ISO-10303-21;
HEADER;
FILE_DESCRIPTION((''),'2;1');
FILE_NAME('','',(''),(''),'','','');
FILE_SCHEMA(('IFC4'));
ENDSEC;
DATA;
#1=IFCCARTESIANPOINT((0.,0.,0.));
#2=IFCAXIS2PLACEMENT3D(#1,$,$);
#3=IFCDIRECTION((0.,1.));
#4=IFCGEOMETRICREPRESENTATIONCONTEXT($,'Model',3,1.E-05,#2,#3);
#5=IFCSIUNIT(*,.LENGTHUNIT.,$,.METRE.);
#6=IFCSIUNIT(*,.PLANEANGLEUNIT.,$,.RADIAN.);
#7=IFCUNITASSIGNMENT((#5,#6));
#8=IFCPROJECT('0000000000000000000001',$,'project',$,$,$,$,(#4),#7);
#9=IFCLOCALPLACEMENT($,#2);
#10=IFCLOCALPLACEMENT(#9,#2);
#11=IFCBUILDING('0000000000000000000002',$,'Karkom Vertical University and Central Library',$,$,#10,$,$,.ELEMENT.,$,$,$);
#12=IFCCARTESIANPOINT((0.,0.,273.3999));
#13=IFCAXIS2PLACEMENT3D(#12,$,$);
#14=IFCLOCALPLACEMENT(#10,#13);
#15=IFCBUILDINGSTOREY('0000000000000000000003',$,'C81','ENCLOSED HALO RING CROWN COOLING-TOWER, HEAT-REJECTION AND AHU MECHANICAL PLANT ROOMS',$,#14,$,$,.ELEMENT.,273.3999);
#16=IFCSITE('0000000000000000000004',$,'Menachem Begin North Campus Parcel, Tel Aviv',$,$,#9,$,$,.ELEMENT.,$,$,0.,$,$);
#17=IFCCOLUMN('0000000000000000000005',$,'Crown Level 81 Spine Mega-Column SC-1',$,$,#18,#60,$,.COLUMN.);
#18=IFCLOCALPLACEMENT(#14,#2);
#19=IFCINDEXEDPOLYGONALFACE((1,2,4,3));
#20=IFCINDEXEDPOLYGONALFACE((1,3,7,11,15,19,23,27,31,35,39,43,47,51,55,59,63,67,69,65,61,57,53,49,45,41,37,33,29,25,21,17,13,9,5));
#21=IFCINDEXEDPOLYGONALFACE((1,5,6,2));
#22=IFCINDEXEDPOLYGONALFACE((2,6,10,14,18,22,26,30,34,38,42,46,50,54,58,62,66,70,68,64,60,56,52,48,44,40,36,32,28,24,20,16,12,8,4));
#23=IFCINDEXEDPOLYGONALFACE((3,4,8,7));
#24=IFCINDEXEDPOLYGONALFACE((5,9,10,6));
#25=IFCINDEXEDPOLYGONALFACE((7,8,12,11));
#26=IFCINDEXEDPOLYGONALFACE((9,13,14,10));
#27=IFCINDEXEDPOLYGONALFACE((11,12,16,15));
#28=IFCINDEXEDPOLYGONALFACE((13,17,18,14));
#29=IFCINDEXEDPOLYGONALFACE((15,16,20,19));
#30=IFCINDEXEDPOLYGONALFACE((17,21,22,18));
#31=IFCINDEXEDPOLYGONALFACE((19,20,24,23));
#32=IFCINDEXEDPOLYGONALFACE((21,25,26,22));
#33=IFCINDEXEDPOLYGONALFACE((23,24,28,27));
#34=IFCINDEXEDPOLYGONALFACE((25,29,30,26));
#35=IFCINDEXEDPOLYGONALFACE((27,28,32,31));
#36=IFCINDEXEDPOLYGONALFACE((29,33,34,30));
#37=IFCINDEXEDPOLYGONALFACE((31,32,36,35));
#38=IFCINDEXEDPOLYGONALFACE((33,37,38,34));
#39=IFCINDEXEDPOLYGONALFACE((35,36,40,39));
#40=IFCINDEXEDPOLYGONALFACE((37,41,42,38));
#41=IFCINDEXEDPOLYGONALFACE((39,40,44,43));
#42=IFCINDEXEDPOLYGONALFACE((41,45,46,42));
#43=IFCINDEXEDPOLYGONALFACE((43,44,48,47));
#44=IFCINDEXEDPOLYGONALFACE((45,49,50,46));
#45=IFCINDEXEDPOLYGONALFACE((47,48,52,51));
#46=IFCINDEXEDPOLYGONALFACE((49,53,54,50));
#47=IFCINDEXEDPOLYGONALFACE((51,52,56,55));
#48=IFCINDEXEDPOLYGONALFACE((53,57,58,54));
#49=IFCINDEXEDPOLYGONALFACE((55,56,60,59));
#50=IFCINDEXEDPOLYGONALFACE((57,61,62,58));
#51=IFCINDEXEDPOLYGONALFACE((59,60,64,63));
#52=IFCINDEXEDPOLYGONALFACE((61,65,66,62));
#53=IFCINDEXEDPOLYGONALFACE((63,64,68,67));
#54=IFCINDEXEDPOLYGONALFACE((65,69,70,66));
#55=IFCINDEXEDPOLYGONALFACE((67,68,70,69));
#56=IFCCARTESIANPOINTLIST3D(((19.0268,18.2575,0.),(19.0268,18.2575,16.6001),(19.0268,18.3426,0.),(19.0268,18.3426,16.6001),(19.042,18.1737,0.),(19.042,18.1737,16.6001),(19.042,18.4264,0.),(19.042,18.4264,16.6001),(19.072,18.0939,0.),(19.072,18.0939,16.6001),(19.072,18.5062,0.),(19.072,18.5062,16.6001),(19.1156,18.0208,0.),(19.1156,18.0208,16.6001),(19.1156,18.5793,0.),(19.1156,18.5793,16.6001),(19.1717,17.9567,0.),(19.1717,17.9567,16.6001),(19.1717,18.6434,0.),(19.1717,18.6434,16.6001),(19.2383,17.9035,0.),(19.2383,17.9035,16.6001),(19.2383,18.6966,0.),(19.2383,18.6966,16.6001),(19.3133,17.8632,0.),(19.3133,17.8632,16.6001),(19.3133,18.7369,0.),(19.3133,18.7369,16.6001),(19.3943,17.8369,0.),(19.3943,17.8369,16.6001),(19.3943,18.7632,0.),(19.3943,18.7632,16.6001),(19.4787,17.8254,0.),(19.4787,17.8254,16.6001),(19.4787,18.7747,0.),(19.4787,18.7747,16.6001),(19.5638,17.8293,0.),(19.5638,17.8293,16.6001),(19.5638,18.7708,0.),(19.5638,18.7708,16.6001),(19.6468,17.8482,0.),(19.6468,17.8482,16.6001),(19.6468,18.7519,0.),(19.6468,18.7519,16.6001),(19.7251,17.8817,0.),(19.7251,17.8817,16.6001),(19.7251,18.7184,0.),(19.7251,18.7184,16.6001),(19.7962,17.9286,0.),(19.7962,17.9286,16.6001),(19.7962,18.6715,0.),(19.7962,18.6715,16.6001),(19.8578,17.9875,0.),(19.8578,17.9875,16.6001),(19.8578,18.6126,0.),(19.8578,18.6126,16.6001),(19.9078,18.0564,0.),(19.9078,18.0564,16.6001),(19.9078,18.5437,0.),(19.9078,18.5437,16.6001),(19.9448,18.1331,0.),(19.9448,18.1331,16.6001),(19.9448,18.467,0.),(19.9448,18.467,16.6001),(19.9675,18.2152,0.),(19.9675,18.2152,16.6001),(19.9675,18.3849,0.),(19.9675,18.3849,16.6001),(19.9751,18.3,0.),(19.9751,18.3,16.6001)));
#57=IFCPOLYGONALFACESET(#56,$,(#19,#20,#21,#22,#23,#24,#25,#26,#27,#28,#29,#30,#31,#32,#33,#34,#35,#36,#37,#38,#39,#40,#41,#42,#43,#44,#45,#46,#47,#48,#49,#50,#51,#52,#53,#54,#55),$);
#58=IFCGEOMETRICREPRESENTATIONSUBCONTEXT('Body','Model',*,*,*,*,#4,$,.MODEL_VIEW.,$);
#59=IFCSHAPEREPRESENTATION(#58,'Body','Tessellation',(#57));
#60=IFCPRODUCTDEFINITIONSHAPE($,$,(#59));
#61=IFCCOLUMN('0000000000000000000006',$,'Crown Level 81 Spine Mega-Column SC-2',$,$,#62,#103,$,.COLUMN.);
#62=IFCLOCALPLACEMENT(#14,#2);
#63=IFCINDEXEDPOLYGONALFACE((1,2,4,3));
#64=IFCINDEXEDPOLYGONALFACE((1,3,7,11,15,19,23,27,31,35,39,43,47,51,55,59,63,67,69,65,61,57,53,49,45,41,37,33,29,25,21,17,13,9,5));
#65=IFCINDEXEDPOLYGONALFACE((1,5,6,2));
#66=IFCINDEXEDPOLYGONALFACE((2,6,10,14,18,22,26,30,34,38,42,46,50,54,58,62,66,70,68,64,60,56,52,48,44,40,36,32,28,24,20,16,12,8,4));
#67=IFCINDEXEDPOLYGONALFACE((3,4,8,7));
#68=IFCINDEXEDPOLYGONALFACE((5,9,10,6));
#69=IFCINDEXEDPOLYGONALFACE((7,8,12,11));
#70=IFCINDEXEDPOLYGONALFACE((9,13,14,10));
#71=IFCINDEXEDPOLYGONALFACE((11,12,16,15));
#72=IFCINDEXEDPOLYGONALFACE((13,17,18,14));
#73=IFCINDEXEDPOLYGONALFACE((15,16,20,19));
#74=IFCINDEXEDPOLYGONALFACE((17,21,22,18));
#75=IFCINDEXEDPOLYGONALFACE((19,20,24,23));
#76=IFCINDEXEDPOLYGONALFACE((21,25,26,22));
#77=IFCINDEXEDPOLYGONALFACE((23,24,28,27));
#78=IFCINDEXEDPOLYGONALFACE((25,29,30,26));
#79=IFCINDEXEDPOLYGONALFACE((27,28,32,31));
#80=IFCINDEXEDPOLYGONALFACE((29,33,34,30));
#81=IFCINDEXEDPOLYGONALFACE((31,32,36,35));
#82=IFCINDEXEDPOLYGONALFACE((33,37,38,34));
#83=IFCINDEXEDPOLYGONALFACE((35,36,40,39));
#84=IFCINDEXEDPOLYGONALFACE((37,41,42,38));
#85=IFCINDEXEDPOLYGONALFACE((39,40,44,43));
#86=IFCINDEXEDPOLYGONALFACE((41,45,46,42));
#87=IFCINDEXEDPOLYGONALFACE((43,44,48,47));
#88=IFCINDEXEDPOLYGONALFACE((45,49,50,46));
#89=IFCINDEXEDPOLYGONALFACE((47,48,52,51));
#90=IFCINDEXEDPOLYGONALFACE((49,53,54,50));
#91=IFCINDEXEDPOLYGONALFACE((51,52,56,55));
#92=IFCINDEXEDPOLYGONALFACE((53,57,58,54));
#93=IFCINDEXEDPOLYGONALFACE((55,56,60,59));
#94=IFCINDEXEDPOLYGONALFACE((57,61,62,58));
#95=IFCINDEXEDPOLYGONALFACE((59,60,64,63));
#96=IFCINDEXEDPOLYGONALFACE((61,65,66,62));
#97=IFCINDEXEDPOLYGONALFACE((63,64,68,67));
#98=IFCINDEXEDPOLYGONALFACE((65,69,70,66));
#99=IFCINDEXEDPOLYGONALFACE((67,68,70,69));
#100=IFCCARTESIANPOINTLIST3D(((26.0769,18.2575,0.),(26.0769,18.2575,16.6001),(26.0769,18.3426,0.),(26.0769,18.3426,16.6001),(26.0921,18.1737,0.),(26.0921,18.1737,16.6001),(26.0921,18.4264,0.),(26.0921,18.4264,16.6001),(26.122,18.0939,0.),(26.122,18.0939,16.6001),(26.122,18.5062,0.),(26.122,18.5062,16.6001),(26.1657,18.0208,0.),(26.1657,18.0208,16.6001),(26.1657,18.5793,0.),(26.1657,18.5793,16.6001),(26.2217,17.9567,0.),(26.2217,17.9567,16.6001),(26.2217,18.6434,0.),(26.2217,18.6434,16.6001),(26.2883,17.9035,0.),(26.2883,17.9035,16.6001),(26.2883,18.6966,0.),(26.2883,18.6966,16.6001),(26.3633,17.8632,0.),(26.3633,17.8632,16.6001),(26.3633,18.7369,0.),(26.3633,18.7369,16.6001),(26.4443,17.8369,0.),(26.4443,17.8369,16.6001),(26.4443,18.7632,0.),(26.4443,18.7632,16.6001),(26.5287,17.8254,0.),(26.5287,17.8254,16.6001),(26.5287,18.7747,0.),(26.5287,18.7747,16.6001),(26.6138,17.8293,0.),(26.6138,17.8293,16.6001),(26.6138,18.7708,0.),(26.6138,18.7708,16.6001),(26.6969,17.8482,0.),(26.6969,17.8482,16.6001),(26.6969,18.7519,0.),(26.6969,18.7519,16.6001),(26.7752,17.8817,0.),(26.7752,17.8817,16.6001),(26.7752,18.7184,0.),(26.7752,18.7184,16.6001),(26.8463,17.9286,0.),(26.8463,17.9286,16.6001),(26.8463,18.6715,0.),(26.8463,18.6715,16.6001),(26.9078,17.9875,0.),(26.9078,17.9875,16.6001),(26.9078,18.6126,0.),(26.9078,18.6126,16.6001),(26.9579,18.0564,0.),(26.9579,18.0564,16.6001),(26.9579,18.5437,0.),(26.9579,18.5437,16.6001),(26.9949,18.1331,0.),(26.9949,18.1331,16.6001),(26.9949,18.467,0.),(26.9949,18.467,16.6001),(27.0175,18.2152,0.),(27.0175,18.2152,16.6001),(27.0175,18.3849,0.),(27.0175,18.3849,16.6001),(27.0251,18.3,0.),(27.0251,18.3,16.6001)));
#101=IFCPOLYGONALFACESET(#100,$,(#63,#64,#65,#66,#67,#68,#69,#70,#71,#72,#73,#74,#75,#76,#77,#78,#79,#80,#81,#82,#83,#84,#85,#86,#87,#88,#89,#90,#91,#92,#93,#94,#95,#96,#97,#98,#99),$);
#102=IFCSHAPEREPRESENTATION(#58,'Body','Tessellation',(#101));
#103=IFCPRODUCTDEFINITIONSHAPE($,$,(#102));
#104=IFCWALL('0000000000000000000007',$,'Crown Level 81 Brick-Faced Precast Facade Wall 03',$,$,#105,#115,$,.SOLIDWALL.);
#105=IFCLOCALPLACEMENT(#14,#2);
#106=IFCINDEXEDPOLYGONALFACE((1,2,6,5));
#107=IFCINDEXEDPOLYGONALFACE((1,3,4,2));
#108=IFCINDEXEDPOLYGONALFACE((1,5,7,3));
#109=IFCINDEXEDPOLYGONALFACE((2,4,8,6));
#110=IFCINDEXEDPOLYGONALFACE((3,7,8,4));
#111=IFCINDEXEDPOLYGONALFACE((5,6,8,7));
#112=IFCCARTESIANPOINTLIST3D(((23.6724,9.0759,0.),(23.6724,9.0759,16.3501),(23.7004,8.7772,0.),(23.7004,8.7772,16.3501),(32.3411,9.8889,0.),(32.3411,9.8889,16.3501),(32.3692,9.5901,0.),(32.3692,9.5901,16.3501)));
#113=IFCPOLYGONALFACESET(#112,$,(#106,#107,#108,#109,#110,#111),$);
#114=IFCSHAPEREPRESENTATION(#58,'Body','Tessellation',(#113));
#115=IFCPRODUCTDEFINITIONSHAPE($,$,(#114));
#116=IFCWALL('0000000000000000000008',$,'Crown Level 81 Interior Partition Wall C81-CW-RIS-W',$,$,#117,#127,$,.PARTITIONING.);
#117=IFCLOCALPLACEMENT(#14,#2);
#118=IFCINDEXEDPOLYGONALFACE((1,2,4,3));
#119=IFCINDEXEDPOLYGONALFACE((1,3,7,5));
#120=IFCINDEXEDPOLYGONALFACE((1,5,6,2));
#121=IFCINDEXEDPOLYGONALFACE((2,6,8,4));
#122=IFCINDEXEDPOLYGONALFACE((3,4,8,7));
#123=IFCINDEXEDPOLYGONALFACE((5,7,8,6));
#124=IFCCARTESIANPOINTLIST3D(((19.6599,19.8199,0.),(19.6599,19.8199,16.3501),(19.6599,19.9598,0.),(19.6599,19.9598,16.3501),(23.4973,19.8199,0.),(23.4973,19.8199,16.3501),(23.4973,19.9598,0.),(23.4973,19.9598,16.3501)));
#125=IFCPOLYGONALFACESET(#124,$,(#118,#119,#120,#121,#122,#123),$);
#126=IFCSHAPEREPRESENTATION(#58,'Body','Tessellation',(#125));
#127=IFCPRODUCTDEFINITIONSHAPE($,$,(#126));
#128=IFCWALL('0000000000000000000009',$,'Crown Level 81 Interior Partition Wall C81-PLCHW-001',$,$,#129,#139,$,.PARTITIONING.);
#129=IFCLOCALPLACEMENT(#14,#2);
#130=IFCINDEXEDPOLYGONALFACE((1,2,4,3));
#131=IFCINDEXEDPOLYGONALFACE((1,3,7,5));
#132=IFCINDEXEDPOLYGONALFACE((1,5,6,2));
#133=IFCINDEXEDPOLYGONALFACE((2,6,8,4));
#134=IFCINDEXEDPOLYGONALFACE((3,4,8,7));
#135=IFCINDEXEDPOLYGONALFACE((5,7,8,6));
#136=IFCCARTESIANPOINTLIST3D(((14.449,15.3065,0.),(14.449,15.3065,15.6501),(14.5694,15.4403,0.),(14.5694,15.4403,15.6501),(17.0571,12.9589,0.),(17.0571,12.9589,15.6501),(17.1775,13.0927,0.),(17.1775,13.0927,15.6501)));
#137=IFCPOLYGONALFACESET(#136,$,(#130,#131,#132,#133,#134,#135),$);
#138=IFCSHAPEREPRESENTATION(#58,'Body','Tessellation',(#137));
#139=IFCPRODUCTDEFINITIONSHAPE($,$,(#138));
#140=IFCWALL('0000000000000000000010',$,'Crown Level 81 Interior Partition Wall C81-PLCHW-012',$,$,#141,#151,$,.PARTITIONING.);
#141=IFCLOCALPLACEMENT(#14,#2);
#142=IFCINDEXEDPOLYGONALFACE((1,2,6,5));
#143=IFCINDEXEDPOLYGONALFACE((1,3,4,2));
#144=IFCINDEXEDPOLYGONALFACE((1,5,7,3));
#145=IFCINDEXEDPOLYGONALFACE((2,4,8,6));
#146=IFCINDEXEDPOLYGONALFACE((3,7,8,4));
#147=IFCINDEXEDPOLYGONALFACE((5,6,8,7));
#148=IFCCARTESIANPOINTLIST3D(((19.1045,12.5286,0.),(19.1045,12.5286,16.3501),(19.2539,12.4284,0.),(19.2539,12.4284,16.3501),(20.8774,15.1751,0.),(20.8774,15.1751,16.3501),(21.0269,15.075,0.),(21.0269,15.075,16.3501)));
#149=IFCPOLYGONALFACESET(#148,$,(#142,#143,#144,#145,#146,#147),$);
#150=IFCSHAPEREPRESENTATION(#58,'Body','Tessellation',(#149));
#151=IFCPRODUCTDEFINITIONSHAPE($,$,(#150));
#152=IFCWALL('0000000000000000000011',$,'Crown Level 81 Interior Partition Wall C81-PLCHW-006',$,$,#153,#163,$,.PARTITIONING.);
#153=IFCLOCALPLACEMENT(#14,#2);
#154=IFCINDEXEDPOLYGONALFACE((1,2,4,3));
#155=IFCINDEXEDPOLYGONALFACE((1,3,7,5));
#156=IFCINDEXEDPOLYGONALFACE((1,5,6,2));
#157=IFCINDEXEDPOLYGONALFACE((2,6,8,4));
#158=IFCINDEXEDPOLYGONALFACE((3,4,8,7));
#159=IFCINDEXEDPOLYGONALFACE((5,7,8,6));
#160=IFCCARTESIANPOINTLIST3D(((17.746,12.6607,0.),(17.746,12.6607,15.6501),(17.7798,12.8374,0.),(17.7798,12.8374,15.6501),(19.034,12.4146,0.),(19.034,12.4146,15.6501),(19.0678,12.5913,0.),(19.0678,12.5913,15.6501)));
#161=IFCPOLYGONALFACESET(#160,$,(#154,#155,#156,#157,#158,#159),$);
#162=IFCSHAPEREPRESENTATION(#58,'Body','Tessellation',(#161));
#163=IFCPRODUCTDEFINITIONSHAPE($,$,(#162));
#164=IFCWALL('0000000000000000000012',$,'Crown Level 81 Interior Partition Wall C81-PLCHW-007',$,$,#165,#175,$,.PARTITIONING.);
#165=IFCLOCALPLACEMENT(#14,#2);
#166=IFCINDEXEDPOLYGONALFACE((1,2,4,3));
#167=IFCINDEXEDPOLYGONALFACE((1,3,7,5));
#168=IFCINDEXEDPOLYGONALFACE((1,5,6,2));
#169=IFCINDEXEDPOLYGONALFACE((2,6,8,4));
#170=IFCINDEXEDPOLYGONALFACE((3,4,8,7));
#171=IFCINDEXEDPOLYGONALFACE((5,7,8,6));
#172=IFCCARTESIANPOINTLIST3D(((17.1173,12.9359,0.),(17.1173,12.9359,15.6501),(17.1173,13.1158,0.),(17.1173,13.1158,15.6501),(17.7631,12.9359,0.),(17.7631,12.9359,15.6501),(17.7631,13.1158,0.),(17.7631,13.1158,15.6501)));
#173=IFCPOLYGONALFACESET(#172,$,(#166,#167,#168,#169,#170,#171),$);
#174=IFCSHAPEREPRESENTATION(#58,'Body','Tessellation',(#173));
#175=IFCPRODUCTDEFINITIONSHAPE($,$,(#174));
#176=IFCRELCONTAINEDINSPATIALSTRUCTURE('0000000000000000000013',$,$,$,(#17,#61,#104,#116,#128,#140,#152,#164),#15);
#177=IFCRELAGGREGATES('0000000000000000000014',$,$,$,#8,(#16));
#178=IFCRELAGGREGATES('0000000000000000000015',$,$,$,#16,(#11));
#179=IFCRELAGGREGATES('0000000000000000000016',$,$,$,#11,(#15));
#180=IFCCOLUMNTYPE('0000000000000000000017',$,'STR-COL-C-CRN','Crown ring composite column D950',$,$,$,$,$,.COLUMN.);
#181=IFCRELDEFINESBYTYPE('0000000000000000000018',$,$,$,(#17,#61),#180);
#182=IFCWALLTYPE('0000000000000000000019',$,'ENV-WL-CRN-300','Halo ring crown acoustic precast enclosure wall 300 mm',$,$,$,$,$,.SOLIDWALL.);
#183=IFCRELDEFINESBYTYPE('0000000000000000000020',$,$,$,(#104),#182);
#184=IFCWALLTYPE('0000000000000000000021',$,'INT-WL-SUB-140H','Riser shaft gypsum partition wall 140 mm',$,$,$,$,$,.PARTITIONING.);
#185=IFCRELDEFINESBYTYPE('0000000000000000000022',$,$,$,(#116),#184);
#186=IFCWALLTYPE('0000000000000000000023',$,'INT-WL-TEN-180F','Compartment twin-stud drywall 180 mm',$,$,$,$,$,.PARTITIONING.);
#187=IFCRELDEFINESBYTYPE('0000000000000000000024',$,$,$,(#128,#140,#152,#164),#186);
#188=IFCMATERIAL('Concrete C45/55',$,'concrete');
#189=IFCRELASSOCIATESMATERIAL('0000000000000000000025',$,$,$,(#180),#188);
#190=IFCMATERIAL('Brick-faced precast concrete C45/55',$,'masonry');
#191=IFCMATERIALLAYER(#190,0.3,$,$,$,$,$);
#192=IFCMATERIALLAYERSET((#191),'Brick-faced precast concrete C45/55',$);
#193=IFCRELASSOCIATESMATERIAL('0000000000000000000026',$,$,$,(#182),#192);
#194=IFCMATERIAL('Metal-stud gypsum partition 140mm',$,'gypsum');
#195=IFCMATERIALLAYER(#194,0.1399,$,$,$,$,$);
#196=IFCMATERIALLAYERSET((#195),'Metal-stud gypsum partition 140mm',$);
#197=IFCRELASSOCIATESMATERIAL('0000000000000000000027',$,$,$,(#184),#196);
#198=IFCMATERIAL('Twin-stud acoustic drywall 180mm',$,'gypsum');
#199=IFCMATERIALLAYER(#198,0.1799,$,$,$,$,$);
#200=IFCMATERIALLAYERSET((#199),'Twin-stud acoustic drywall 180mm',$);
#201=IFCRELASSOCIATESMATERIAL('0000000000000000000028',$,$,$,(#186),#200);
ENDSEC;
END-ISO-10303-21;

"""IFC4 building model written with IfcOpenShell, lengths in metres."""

from ifc_helpers import new_model, si_unit, direction, frame, frame_2d, origin, origin_with_axes, origin_2d, place, context, subcontext, project, spatial, rectangle, circle, extrude, source, transform, mapped, material, layer, layer_set, material_profile, profile_set, type_object, element, save


model = new_model("IFC4")

# Units and contexts
model_context = context("Model", 3, precision=1e-05, world=origin(), true_north=direction((0.0, 1.0)))
body_context = subcontext(model_context, "Body", "Model", "MODEL_VIEW")
ifc_project = project(units=[si_unit("LENGTHUNIT", "METRE"), si_unit("PLANEANGLEUNIT", "RADIAN")], contexts=[model_context])

# Site, building, storey
site_placement = place(None, origin())
site = spatial("IfcSite", under=ifc_project, at=site_placement, Name="Menachem Begin North Campus Parcel, Tel Aviv", CompositionType="ELEMENT", RefElevation=0.0)
building_placement = place(site_placement, origin())
building = spatial("IfcBuilding", under=site, at=building_placement, Name="Karkom Vertical University and Central Library", CompositionType="ELEMENT")
storey_placement = place(building_placement, frame((0.0, 0.0, 273.3999)))
storey = spatial("IfcBuildingStorey", under=building, at=storey_placement, Name="C81", Description="ENCLOSED HALO RING CROWN COOLING-TOWER, HEAT-REJECTION AND AHU MECHANICAL PLANT ROOMS", CompositionType="ELEMENT", Elevation=273.3999)

# Columns
ifc_material_1 = material(Name="Concrete C45/55", Category="concrete")
ifc_material_profile = material_profile(ifc_material_1, circle(Radius=0.4751, at=origin_2d()), Name="CFT-D950")
ifc_profile_set = profile_set([ifc_material_profile], Name="Concrete C45/55")
column_type = type_object("IfcColumnType", Name="STR-COL-C-CRN", Description="Crown ring composite column D950", PredefinedType="COLUMN", material=ifc_profile_set)
shared_shape_1 = source(origin_with_axes(), body_context, "Body", "SweptSolid", [
    extrude(circle(Radius=0.4751, at=origin_2d()), origin(), (0.0, 0.0, 1.0), 16.6001),
])
for number, where, z_axis, x_axis, name in (
    (1, (19.5, 18.3, 0.0), (0.0, 0.0, 1.0), (1.0, 0.0, 0.0), "Crown Level 81 Spine Mega-Column SC-1"),
    (2, (26.55, 18.3, 0.0), (0.0, 0.0, 1.0), (1.0, 0.0, 0.0), "Crown Level 81 Spine Mega-Column SC-2"),
):
    element("IfcColumn", number, at=place(storey_placement, frame(where, z_axis=z_axis, x_axis=x_axis)), inside=storey, type_object=column_type, Name=name, PredefinedType="COLUMN", context=body_context, shape_type="MappedRepresentation", body=[
        mapped(shared_shape_1, transform((0.0, 0.0, 0.0), scale=1.0)),
    ])

# Walls
ifc_material_2 = material(Name="Brick-faced precast concrete C45/55", Category="masonry")
ifc_layer_1 = layer(ifc_material_2, 0.3)
ifc_layer_set_1 = layer_set([ifc_layer_1], Name="Brick-faced precast concrete C45/55")
wall_type_1 = type_object("IfcWallType", Name="ENV-WL-CRN-300", Description="Halo ring crown acoustic precast enclosure wall 300 mm", PredefinedType="SOLIDWALL", material=ifc_layer_set_1)
wall_1_placement = place(storey_placement, frame((23.6863, 8.9265, 0.0), z_axis=(0.0, 0.0, 1.0), x_axis=(0.995631, 0.093375, 0.0)))
element("IfcWall", 3, at=wall_1_placement, inside=storey, type_object=wall_type_1, Name="Crown Level 81 Brick-Faced Precast Facade Wall 03", PredefinedType="SOLIDWALL", context=body_context, shape_type="SweptSolid", body=[
    extrude(rectangle(XDim=8.7068, YDim=0.3, at=frame_2d((4.3535, 0.0))), origin(), (0.0, 0.0, 1.0), 16.3501),
])
ifc_material_3 = material(Name="Metal-stud gypsum partition 140mm", Category="gypsum")
ifc_layer_2 = layer(ifc_material_3, 0.1399)
ifc_layer_set_2 = layer_set([ifc_layer_2], Name="Metal-stud gypsum partition 140mm")
wall_type_2 = type_object("IfcWallType", Name="INT-WL-SUB-140H", Description="Riser shaft gypsum partition wall 140 mm", PredefinedType="PARTITIONING", material=ifc_layer_set_2)
wall_2_placement = place(storey_placement, frame((19.6599, 19.8899, 0.0), z_axis=(0.0, 0.0, 1.0), x_axis=(1.0, 0.0, 0.0)))
element("IfcWall", 4, at=wall_2_placement, inside=storey, type_object=wall_type_2, Name="Crown Level 81 Interior Partition Wall C81-CW-RIS-W", PredefinedType="PARTITIONING", context=body_context, shape_type="SweptSolid", body=[
    extrude(rectangle(XDim=3.8374, YDim=0.1399, at=frame_2d((1.9187, 0.0))), origin(), (0.0, 0.0, 1.0), 16.3501),
])
ifc_material_4 = material(Name="Twin-stud acoustic drywall 180mm", Category="gypsum")
ifc_layer_3 = layer(ifc_material_4, 0.1799)
ifc_layer_set_3 = layer_set([ifc_layer_3], Name="Twin-stud acoustic drywall 180mm")
wall_type_3 = type_object("IfcWallType", Name="INT-WL-TEN-180F", Description="Compartment twin-stud drywall 180 mm", PredefinedType="PARTITIONING", material=ifc_layer_set_3)
wall_3_placement = place(storey_placement, frame((17.1172, 13.0259, 0.0), z_axis=(0.0, 0.0, 1.0), x_axis=(-0.743249, 0.669015, 0.0)))
element("IfcWall", 5, at=wall_3_placement, inside=storey, type_object=wall_type_3, Name="Crown Level 81 Interior Partition Wall C81-PLCHW-001", PredefinedType="PARTITIONING", context=body_context, shape_type="SweptSolid", body=[
    extrude(rectangle(XDim=3.509, YDim=0.1799, at=frame_2d((1.7544, 0.0))), origin(), (0.0, 0.0, 1.0), 15.6501),
])
wall_4_placement = place(storey_placement, frame((19.1792, 12.4785, 0.0), z_axis=(0.0, 0.0, 1.0), x_axis=(0.556574, 0.830798, 0.0)))
element("IfcWall", 6, at=wall_4_placement, inside=storey, type_object=wall_type_3, Name="Crown Level 81 Interior Partition Wall C81-PLCHW-012", PredefinedType="PARTITIONING", context=body_context, shape_type="SweptSolid", body=[
    extrude(rectangle(XDim=3.1855, YDim=0.1799, at=frame_2d((1.5928, 0.0))), origin(), (0.0, 0.0, 1.0), 16.3501),
])
wall_5_placement = place(storey_placement, frame((19.051, 12.5029, 0.0), z_axis=(0.0, 0.0, 1.0), x_axis=(-0.982234, 0.18766, 0.0)))
element("IfcWall", 7, at=wall_5_placement, inside=storey, type_object=wall_type_3, Name="Crown Level 81 Interior Partition Wall C81-PLCHW-006", PredefinedType="PARTITIONING", context=body_context, shape_type="SweptSolid", body=[
    extrude(rectangle(XDim=1.3113, YDim=0.1799, at=frame_2d((0.6558, 0.0))), origin(), (0.0, 0.0, 1.0), 15.6501),
])
wall_6_placement = place(storey_placement, frame((17.7629, 13.0259, 0.0), z_axis=(0.0, 0.0, 1.0), x_axis=(-1.0, 0.0, 0.0)))
element("IfcWall", 8, at=wall_6_placement, inside=storey, type_object=wall_type_3, Name="Crown Level 81 Interior Partition Wall C81-PLCHW-007", PredefinedType="PARTITIONING", context=body_context, shape_type="SweptSolid", body=[
    extrude(rectangle(XDim=0.6458, YDim=0.1799, at=frame_2d((0.3228, 0.0))), origin(), (0.0, 0.0, 1.0), 15.6501),
])

save(model, "model.ifc")
